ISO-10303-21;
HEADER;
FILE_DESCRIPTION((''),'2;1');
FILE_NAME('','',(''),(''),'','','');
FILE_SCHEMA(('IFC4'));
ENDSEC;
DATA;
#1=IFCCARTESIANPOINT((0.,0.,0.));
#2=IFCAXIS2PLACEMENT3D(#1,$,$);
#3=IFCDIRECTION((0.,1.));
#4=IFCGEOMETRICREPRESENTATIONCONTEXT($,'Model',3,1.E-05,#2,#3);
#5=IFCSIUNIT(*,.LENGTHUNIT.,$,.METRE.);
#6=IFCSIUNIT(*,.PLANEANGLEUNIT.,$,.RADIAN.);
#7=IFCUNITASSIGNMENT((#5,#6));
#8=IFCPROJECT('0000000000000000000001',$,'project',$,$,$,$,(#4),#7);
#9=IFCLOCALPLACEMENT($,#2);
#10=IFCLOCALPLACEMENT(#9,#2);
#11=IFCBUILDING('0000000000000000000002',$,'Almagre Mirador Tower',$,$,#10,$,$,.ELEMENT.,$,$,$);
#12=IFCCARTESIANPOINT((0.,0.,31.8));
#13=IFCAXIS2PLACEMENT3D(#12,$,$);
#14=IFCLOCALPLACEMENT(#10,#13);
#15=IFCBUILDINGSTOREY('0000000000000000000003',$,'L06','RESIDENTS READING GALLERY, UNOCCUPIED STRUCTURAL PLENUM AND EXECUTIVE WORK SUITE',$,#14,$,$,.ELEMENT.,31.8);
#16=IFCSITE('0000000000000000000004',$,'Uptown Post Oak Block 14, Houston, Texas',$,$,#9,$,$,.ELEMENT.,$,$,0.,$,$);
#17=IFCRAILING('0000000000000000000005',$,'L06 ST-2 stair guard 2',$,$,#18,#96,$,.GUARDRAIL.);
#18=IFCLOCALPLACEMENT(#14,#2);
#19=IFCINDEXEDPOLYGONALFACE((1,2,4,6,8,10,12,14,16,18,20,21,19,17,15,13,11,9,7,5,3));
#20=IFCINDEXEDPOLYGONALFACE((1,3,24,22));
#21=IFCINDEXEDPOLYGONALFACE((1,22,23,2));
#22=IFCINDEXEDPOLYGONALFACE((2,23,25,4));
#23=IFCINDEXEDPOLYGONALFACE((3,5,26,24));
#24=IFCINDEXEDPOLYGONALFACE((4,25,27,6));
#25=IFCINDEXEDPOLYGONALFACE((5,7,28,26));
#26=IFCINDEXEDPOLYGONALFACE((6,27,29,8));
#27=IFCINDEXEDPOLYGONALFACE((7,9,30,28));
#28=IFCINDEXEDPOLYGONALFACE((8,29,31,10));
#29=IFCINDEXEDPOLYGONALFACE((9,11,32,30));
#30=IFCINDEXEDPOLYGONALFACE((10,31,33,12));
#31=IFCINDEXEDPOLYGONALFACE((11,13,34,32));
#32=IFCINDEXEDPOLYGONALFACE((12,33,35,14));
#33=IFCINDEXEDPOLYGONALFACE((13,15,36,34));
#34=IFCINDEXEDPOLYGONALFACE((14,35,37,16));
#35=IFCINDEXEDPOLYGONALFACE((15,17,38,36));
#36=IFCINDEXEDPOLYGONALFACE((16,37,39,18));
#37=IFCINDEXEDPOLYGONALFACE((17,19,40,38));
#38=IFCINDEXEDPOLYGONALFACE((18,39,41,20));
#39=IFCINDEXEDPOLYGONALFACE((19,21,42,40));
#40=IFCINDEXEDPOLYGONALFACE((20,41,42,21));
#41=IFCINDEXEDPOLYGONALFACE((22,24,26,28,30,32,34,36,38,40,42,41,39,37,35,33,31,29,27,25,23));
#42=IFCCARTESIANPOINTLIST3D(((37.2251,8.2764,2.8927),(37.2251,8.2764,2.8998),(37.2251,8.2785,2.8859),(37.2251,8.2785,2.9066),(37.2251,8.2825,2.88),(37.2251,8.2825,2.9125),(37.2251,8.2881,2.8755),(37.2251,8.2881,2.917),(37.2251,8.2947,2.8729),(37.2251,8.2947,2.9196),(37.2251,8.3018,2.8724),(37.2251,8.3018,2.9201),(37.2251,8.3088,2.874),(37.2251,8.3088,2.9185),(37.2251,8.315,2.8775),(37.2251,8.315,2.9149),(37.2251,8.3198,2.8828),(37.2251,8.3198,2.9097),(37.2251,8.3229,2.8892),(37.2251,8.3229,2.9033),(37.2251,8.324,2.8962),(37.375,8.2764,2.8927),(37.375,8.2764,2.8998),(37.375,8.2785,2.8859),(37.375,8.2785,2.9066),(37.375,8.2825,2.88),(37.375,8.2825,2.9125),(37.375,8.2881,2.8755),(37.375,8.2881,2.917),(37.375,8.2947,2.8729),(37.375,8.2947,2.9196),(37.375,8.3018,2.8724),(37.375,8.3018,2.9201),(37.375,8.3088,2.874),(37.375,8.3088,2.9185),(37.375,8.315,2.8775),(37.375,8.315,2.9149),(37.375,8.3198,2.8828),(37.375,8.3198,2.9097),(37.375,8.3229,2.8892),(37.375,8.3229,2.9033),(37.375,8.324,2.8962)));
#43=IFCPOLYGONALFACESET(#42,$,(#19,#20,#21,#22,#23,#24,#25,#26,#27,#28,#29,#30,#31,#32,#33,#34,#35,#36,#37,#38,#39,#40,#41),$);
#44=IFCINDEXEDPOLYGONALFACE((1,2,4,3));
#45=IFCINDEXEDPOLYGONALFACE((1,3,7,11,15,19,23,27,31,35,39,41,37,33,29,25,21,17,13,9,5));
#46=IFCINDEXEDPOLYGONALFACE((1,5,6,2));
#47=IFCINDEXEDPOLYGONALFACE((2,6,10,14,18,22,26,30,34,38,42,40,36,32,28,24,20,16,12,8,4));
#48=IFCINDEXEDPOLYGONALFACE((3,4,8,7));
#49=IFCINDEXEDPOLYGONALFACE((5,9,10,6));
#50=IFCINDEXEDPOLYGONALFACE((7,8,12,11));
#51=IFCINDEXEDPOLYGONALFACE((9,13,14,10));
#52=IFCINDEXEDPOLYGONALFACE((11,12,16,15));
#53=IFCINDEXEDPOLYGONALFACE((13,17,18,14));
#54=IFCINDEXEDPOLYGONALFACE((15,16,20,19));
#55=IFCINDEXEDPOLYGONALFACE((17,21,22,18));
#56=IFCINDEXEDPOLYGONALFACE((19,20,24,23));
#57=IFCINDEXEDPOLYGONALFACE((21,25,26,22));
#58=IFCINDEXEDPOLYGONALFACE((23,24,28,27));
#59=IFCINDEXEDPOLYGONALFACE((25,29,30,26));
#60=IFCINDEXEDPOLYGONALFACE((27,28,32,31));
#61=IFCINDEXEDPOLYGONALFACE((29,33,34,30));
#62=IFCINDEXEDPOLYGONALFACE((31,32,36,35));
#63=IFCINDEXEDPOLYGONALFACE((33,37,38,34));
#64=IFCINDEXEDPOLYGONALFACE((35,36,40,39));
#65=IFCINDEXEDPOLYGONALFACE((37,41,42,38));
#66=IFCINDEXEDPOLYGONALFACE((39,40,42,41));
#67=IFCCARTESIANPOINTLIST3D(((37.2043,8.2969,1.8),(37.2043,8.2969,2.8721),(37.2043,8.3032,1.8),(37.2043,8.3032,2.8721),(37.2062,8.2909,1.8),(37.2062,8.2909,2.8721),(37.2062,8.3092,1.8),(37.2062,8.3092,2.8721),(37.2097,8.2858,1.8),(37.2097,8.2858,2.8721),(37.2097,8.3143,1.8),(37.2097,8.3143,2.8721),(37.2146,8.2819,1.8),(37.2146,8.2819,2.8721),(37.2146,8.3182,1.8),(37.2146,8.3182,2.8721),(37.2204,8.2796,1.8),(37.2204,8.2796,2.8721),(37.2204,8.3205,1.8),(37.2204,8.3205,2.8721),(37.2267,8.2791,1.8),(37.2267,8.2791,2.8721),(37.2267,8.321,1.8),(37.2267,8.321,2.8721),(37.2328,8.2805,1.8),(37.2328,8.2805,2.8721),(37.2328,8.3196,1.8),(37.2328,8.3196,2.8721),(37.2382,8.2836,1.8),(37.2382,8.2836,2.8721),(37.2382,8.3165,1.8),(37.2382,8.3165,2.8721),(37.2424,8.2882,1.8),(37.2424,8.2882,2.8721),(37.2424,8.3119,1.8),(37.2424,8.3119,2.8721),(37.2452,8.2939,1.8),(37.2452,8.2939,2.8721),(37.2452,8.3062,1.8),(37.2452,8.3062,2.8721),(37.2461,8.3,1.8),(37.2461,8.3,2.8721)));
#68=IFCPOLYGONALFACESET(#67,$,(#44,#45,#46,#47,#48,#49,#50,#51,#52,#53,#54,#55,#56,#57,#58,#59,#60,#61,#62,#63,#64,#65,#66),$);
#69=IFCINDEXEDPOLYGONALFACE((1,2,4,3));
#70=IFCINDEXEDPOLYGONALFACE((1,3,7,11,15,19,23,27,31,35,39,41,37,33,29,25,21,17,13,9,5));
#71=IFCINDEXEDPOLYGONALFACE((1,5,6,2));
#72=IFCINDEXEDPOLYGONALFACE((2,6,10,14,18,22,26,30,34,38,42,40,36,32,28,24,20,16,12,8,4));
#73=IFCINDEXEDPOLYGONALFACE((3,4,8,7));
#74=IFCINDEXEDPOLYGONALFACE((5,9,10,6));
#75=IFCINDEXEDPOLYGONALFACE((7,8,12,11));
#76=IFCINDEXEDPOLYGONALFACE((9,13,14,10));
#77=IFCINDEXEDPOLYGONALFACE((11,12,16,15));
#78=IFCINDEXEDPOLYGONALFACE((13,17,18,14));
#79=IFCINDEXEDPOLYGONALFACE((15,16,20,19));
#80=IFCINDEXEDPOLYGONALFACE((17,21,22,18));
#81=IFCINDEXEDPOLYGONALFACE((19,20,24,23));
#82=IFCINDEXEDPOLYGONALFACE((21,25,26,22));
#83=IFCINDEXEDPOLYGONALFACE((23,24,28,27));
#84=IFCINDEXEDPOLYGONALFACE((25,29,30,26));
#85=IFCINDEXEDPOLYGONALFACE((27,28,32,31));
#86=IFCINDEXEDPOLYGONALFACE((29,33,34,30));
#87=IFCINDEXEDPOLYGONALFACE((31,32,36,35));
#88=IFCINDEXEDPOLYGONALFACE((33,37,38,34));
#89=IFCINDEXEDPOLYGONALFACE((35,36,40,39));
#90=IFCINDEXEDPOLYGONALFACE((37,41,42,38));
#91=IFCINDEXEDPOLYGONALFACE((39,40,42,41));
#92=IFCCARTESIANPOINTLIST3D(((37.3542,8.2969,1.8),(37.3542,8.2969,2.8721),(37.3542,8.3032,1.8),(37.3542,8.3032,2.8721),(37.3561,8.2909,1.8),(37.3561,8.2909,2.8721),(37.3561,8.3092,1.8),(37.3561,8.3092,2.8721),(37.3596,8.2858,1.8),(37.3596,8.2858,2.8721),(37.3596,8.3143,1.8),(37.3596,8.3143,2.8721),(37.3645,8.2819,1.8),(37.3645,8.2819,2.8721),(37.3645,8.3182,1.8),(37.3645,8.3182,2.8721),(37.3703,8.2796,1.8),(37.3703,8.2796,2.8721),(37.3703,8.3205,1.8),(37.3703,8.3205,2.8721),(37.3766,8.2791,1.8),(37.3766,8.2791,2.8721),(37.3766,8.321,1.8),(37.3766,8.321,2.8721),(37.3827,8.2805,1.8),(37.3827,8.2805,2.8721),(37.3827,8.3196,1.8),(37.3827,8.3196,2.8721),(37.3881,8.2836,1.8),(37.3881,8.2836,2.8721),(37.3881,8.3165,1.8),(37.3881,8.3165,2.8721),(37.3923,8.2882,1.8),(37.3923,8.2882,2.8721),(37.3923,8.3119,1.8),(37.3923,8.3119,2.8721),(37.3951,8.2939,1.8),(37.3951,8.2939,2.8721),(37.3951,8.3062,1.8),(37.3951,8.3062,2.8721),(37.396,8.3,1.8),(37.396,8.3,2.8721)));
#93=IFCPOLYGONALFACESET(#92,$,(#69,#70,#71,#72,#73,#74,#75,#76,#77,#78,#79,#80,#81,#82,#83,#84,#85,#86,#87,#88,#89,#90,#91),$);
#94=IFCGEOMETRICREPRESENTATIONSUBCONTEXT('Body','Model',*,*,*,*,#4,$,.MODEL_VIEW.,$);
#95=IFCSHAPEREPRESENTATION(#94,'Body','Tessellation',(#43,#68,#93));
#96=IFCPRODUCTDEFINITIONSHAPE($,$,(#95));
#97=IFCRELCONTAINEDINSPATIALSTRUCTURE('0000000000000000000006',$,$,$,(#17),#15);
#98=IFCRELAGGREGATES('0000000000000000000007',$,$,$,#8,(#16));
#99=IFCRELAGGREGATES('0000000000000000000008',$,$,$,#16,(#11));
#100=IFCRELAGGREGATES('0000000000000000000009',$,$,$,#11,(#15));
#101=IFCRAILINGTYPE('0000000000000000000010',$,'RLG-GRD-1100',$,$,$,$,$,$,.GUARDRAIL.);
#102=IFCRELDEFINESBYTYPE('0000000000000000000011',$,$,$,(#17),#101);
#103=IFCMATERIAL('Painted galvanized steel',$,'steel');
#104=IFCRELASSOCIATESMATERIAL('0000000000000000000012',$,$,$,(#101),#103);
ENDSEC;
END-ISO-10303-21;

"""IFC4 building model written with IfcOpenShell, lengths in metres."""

from ifc_helpers import new_model, si_unit, direction, frame, origin, origin_2d, place, context, subcontext, project, spatial, circle, extrude, material, type_object, element, save


model = new_model("IFC4")

# Units and contexts
model_context = context("Model", 3, precision=1e-05, world=origin(), true_north=direction((0.0, 1.0)))
body_context = subcontext(model_context, "Body", "Model", "MODEL_VIEW")
ifc_project = project(units=[si_unit("LENGTHUNIT", "METRE"), si_unit("PLANEANGLEUNIT", "RADIAN")], contexts=[model_context])

# Site, building, storey
site_placement = place(None, origin())
site = spatial("IfcSite", under=ifc_project, at=site_placement, Name="Uptown Post Oak Block 14, Houston, Texas", CompositionType="ELEMENT", RefElevation=0.0)
building_placement = place(site_placement, origin())
building = spatial("IfcBuilding", under=site, at=building_placement, Name="Almagre Mirador Tower", CompositionType="ELEMENT")
storey_placement = place(building_placement, frame((0.0, 0.0, 31.8)))
storey = spatial("IfcBuildingStorey", under=building, at=storey_placement, Name="L06", Description="RESIDENTS READING GALLERY, UNOCCUPIED STRUCTURAL PLENUM AND EXECUTIVE WORK SUITE", CompositionType="ELEMENT", Elevation=31.8)

# Railing
ifc_material_1 = material(Name="Painted galvanized steel", Category="steel")
railing_type_1 = type_object("IfcRailingType", Name="RLG-GRD-1100", PredefinedType="GUARDRAIL", material=ifc_material_1)
railing_1_placement = place(storey_placement, frame((37.2251, 8.3, 1.8)))
element("IfcRailing", 1, at=railing_1_placement, inside=storey, type_object=railing_type_1, Name="L06 ST-2 stair guard 2", PredefinedType="GUARDRAIL", context=body_context, shape_type="SweptSolid", body=[
    extrude(circle(Radius=0.0239, at=origin_2d()), frame((0.0, 0.0, 1.0962), z_axis=(1.0, 0.0, 0.0), x_axis=(0.0, 1.0, 0.0)), (0.0, 0.0, 1.0), 0.1499),
    extrude(circle(Radius=0.021, at=origin_2d()), origin(), (0.0, 0.0, 1.0), 1.072),
    extrude(circle(Radius=0.021, at=origin_2d()), frame((0.1499, 0.0, 0.0)), (0.0, 0.0, 1.0), 1.072),
])

save(model, "model.ifc")
